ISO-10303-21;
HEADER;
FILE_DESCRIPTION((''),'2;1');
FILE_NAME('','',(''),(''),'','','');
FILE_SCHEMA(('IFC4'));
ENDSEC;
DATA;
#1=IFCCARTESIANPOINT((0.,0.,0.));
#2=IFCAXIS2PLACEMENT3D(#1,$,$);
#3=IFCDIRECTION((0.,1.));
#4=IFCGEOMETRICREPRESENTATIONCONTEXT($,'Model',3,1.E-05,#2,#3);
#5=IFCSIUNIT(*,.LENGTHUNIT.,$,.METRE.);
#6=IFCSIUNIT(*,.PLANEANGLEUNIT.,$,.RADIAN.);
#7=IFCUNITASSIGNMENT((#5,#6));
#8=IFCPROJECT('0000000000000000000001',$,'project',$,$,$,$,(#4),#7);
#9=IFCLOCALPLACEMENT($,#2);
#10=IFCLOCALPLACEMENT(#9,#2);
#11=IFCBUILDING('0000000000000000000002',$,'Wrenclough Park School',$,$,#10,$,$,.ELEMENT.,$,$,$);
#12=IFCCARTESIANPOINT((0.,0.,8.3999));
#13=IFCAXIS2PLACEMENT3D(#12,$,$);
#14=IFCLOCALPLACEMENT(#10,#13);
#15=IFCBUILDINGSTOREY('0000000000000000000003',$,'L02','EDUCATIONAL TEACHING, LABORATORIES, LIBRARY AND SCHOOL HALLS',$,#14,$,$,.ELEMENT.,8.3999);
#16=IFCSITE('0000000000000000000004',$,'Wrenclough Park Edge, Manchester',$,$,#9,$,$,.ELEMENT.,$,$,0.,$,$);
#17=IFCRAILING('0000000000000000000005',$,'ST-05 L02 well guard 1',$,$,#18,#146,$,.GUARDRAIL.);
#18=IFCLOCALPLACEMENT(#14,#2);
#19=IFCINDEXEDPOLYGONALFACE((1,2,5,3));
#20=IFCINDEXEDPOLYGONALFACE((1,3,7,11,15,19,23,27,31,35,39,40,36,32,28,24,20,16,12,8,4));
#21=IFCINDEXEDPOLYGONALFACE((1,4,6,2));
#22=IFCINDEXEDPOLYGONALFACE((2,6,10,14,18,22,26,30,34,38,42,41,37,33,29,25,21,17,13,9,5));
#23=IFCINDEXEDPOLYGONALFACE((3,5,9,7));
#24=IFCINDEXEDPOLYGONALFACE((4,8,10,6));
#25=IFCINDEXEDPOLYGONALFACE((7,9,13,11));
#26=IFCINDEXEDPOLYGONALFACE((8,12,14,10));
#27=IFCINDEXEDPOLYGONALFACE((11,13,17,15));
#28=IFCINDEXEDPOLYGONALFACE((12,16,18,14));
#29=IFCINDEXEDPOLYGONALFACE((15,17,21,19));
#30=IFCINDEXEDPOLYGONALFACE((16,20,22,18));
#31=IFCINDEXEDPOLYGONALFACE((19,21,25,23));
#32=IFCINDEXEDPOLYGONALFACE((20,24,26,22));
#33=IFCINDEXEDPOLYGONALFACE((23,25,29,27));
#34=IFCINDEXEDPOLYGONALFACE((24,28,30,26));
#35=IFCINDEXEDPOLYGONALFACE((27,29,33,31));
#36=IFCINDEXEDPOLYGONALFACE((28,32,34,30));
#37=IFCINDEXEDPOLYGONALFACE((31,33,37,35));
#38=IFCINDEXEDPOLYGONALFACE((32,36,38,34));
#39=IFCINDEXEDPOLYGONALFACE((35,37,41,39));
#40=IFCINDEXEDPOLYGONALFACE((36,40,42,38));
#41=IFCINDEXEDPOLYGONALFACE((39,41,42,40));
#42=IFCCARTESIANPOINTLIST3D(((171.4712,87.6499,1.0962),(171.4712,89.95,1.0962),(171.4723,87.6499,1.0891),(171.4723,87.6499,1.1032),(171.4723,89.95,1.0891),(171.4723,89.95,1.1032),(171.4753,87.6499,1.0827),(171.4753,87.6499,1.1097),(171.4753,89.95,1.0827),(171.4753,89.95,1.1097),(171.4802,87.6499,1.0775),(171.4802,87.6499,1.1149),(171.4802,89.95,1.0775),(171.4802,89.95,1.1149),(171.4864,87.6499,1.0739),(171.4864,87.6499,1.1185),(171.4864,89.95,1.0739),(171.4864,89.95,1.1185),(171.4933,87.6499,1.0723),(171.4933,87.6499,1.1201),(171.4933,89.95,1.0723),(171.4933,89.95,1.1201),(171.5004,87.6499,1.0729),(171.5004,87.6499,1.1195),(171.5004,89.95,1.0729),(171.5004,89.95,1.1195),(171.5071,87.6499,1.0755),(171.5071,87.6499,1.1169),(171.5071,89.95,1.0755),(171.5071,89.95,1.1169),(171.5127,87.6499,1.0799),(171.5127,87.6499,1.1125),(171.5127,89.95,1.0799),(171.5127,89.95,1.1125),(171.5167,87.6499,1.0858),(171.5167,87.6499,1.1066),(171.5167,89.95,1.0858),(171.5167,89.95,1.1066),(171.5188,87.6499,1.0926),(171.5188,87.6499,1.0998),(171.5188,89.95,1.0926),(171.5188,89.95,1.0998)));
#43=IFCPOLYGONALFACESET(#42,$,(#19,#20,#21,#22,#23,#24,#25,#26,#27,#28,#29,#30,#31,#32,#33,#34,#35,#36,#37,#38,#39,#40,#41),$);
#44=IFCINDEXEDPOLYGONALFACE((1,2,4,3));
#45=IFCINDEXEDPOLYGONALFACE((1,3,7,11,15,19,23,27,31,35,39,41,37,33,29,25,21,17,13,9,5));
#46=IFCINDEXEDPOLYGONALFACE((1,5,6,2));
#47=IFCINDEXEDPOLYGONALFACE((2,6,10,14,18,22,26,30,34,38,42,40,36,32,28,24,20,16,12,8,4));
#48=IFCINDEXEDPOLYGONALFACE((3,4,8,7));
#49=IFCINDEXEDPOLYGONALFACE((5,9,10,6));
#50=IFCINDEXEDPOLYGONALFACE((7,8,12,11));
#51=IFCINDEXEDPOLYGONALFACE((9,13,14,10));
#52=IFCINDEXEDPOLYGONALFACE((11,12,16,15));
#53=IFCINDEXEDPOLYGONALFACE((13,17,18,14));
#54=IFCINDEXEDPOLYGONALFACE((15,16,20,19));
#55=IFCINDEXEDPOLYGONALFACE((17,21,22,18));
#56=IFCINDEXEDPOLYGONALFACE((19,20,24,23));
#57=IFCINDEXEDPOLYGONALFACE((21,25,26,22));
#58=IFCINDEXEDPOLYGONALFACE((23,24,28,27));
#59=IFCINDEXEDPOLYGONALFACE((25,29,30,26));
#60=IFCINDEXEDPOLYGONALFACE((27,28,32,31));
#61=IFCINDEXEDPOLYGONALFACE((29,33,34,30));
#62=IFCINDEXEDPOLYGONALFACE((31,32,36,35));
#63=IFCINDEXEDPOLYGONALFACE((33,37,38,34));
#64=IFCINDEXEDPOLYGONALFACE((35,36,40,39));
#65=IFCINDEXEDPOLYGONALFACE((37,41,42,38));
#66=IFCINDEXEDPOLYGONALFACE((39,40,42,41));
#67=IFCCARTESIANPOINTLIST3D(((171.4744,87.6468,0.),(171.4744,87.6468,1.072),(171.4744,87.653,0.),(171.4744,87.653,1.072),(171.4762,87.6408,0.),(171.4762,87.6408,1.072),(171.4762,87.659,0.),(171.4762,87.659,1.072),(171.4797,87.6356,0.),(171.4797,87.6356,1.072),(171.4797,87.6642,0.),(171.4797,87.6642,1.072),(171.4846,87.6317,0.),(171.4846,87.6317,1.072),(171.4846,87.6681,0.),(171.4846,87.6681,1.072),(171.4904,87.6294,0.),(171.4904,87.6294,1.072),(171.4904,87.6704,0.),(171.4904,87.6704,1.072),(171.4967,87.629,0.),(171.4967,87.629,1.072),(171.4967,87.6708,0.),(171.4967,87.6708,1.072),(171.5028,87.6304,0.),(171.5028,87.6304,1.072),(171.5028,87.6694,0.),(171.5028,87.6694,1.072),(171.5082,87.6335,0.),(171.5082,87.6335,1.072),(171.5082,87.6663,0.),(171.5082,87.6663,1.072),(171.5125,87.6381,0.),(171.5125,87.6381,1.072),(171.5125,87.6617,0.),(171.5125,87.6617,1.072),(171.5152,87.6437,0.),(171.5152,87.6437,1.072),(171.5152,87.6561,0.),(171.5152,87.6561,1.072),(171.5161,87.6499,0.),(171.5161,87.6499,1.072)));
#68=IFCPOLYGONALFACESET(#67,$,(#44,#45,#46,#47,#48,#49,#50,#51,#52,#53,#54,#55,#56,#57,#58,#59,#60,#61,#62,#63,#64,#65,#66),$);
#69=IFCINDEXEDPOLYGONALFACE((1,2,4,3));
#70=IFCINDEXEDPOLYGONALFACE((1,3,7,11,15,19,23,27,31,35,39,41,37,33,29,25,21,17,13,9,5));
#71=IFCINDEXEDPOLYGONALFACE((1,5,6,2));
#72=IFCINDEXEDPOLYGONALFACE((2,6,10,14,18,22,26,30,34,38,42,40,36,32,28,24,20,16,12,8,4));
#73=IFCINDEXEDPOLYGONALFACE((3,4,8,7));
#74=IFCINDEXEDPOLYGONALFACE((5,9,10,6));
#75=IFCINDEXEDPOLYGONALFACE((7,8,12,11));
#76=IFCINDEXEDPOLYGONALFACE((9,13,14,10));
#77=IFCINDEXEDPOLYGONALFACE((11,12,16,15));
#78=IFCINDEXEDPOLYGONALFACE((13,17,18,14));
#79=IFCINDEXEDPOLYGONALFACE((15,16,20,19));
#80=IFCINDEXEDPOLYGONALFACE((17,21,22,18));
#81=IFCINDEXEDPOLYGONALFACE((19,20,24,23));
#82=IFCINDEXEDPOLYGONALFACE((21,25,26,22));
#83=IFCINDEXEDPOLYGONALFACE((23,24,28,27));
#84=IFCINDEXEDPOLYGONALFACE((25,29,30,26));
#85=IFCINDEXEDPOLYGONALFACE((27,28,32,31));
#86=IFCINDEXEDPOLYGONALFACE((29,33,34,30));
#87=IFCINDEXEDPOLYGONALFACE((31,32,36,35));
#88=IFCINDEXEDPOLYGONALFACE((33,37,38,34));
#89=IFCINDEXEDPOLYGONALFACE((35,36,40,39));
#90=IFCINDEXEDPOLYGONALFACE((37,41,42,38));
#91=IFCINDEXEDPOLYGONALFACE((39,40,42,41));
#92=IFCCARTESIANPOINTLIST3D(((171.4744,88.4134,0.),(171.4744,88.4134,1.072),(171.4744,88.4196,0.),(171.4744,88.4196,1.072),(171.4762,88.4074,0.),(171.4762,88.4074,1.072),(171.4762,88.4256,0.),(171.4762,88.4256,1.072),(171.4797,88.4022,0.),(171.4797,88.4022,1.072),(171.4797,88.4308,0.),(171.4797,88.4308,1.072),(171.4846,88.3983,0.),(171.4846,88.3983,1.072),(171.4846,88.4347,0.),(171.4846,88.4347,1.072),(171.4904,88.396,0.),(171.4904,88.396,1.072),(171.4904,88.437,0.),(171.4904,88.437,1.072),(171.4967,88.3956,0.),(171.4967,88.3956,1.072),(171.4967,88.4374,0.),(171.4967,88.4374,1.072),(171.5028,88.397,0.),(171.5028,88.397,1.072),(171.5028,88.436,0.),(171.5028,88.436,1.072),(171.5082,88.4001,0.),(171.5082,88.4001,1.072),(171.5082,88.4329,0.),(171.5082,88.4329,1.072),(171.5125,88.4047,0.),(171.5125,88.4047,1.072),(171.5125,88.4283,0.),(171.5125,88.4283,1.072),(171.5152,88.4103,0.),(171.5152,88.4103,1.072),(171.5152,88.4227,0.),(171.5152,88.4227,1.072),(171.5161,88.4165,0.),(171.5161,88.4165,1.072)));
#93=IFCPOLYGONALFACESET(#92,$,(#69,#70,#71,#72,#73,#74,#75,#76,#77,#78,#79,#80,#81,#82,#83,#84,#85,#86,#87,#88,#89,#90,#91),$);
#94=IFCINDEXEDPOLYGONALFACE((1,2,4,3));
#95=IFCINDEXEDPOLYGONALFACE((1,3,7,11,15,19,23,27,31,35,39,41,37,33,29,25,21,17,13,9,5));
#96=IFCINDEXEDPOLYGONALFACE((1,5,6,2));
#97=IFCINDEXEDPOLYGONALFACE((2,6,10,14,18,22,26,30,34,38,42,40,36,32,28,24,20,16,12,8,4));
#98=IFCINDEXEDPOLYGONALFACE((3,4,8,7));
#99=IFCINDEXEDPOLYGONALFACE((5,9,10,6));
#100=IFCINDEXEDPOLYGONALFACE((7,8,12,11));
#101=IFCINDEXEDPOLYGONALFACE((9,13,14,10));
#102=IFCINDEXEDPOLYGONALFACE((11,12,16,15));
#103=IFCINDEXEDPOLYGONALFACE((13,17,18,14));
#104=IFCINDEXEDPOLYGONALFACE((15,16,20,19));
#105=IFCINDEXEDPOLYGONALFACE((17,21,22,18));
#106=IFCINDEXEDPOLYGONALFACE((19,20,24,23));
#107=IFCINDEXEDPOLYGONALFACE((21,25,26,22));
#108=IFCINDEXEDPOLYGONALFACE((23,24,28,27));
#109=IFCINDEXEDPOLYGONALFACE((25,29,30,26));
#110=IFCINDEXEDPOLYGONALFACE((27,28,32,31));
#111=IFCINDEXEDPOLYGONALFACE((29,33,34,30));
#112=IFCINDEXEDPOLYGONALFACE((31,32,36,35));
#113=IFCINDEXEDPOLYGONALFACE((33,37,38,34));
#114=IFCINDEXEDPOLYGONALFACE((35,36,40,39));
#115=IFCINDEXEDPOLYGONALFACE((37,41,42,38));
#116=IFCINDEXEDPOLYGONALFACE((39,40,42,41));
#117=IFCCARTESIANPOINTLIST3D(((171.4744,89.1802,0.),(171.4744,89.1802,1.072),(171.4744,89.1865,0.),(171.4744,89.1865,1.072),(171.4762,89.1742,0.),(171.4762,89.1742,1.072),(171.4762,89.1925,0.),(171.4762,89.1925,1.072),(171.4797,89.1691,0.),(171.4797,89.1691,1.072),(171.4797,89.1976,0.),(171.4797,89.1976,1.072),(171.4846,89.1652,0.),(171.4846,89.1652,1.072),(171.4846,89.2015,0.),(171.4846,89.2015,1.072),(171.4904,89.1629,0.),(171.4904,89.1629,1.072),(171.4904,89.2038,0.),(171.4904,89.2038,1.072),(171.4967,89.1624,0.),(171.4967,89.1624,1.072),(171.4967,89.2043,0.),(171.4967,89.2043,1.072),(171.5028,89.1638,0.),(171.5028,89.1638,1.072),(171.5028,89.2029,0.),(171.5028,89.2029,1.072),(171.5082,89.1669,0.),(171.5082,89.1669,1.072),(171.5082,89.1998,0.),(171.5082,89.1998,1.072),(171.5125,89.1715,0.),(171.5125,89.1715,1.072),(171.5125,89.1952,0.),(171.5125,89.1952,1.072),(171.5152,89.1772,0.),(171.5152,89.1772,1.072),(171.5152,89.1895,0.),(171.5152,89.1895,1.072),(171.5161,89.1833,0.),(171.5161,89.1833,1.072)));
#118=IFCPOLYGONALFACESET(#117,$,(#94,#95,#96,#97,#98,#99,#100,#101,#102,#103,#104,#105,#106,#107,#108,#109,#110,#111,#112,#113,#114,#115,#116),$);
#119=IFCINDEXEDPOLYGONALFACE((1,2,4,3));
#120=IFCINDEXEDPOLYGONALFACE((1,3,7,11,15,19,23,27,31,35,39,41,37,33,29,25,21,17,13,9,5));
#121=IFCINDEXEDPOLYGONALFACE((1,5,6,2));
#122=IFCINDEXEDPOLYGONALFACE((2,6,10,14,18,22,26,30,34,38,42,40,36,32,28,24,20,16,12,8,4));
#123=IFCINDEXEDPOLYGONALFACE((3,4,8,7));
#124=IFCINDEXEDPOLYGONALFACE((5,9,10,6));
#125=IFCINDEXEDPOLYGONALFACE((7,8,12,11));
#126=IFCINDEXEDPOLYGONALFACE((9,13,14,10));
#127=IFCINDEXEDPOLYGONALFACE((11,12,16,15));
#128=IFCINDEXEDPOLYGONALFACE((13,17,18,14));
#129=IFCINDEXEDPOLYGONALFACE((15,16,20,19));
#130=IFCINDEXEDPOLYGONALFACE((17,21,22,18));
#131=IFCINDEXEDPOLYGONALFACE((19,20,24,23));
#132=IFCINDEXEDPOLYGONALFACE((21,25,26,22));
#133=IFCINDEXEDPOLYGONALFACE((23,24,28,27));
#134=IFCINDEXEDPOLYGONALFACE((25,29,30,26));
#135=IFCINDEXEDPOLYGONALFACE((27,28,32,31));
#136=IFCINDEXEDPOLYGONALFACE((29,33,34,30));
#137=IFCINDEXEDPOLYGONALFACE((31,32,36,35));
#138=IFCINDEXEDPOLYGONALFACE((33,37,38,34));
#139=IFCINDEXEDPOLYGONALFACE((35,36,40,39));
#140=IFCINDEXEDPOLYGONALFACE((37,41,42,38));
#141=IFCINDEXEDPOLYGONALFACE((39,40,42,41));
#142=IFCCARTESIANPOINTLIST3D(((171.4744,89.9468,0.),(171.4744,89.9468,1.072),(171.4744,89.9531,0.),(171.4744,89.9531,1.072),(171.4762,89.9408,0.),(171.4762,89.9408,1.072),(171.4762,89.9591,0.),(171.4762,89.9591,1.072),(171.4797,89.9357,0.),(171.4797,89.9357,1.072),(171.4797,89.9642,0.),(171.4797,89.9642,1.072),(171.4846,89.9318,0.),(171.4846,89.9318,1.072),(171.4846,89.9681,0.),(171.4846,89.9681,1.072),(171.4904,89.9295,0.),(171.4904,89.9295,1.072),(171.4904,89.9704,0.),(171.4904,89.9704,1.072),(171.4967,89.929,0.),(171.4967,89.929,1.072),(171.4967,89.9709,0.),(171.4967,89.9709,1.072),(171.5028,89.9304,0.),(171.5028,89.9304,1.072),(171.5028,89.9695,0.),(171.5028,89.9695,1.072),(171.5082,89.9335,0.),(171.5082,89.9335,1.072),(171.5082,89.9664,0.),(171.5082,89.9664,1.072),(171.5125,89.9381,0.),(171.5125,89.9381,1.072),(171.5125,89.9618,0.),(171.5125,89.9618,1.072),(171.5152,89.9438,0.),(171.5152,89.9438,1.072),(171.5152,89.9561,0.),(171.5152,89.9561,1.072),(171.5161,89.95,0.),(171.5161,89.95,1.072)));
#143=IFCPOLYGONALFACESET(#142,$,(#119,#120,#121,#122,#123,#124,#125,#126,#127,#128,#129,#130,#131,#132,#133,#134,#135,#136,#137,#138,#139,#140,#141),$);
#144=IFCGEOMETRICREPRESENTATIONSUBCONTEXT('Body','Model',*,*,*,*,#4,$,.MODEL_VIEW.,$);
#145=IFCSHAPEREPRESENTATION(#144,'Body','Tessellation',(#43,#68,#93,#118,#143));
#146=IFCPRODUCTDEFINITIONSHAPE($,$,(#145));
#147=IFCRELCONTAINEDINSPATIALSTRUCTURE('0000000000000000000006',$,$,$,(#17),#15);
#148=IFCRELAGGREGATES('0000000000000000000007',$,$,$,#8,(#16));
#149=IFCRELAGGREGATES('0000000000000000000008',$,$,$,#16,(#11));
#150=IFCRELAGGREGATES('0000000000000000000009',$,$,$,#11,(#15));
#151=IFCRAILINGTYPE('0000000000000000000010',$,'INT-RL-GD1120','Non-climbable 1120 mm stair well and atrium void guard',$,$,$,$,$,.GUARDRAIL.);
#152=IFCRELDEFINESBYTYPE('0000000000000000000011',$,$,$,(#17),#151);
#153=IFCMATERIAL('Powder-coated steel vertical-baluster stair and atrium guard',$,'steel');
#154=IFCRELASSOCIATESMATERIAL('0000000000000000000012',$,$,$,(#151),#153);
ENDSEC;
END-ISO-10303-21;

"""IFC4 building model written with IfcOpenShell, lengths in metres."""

from ifc_helpers import new_model, si_unit, direction, frame, origin, origin_2d, place, context, subcontext, project, spatial, circle, extrude, material, type_object, element, save


model = new_model("IFC4")

# Units and contexts
model_context = context("Model", 3, precision=1e-05, world=origin(), true_north=direction((0.0, 1.0)))
body_context = subcontext(model_context, "Body", "Model", "MODEL_VIEW")
ifc_project = project(units=[si_unit("LENGTHUNIT", "METRE"), si_unit("PLANEANGLEUNIT", "RADIAN")], contexts=[model_context])

# Site, building, storey
site_placement = place(None, origin())
site = spatial("IfcSite", under=ifc_project, at=site_placement, Name="Wrenclough Park Edge, Manchester", CompositionType="ELEMENT", RefElevation=0.0)
building_placement = place(site_placement, origin())
building = spatial("IfcBuilding", under=site, at=building_placement, Name="Wrenclough Park School", CompositionType="ELEMENT")
storey_placement = place(building_placement, frame((0.0, 0.0, 8.3999)))
storey = spatial("IfcBuildingStorey", under=building, at=storey_placement, Name="L02", Description="EDUCATIONAL TEACHING, LABORATORIES, LIBRARY AND SCHOOL HALLS", CompositionType="ELEMENT", Elevation=8.3999)

# Railing
ifc_material_1 = material(Name="Powder-coated steel vertical-baluster stair and atrium guard", Category="steel")
railing_type_1 = type_object("IfcRailingType", Name="INT-RL-GD1120", Description="Non-climbable 1120 mm stair well and atrium void guard", PredefinedType="GUARDRAIL", material=ifc_material_1)
railing_1_placement = place(storey_placement, frame((171.4951, 87.6499, 0.0)))
element("IfcRailing", 1, at=railing_1_placement, inside=storey, type_object=railing_type_1, Name="ST-05 L02 well guard 1", PredefinedType="GUARDRAIL", context=body_context, shape_type="SweptSolid", body=[
    extrude(circle(Radius=0.0239, at=origin_2d()), frame((0.0, 0.0, 1.0962), z_axis=(0.0, 1.0, 0.0), x_axis=(-1.0, 0.0, 0.0)), (0.0, 0.0, 1.0), 2.3),
    extrude(circle(Radius=0.021, at=origin_2d()), origin(), (0.0, 0.0, 1.0), 1.072),
    extrude(circle(Radius=0.021, at=origin_2d()), frame((0.0, 0.7666, 0.0)), (0.0, 0.0, 1.0), 1.072),
    extrude(circle(Radius=0.021, at=origin_2d()), frame((0.0, 1.5334, 0.0)), (0.0, 0.0, 1.0), 1.072),
    extrude(circle(Radius=0.021, at=origin_2d()), frame((0.0, 2.3, 0.0)), (0.0, 0.0, 1.0), 1.072),
])

save(model, "model.ifc")
